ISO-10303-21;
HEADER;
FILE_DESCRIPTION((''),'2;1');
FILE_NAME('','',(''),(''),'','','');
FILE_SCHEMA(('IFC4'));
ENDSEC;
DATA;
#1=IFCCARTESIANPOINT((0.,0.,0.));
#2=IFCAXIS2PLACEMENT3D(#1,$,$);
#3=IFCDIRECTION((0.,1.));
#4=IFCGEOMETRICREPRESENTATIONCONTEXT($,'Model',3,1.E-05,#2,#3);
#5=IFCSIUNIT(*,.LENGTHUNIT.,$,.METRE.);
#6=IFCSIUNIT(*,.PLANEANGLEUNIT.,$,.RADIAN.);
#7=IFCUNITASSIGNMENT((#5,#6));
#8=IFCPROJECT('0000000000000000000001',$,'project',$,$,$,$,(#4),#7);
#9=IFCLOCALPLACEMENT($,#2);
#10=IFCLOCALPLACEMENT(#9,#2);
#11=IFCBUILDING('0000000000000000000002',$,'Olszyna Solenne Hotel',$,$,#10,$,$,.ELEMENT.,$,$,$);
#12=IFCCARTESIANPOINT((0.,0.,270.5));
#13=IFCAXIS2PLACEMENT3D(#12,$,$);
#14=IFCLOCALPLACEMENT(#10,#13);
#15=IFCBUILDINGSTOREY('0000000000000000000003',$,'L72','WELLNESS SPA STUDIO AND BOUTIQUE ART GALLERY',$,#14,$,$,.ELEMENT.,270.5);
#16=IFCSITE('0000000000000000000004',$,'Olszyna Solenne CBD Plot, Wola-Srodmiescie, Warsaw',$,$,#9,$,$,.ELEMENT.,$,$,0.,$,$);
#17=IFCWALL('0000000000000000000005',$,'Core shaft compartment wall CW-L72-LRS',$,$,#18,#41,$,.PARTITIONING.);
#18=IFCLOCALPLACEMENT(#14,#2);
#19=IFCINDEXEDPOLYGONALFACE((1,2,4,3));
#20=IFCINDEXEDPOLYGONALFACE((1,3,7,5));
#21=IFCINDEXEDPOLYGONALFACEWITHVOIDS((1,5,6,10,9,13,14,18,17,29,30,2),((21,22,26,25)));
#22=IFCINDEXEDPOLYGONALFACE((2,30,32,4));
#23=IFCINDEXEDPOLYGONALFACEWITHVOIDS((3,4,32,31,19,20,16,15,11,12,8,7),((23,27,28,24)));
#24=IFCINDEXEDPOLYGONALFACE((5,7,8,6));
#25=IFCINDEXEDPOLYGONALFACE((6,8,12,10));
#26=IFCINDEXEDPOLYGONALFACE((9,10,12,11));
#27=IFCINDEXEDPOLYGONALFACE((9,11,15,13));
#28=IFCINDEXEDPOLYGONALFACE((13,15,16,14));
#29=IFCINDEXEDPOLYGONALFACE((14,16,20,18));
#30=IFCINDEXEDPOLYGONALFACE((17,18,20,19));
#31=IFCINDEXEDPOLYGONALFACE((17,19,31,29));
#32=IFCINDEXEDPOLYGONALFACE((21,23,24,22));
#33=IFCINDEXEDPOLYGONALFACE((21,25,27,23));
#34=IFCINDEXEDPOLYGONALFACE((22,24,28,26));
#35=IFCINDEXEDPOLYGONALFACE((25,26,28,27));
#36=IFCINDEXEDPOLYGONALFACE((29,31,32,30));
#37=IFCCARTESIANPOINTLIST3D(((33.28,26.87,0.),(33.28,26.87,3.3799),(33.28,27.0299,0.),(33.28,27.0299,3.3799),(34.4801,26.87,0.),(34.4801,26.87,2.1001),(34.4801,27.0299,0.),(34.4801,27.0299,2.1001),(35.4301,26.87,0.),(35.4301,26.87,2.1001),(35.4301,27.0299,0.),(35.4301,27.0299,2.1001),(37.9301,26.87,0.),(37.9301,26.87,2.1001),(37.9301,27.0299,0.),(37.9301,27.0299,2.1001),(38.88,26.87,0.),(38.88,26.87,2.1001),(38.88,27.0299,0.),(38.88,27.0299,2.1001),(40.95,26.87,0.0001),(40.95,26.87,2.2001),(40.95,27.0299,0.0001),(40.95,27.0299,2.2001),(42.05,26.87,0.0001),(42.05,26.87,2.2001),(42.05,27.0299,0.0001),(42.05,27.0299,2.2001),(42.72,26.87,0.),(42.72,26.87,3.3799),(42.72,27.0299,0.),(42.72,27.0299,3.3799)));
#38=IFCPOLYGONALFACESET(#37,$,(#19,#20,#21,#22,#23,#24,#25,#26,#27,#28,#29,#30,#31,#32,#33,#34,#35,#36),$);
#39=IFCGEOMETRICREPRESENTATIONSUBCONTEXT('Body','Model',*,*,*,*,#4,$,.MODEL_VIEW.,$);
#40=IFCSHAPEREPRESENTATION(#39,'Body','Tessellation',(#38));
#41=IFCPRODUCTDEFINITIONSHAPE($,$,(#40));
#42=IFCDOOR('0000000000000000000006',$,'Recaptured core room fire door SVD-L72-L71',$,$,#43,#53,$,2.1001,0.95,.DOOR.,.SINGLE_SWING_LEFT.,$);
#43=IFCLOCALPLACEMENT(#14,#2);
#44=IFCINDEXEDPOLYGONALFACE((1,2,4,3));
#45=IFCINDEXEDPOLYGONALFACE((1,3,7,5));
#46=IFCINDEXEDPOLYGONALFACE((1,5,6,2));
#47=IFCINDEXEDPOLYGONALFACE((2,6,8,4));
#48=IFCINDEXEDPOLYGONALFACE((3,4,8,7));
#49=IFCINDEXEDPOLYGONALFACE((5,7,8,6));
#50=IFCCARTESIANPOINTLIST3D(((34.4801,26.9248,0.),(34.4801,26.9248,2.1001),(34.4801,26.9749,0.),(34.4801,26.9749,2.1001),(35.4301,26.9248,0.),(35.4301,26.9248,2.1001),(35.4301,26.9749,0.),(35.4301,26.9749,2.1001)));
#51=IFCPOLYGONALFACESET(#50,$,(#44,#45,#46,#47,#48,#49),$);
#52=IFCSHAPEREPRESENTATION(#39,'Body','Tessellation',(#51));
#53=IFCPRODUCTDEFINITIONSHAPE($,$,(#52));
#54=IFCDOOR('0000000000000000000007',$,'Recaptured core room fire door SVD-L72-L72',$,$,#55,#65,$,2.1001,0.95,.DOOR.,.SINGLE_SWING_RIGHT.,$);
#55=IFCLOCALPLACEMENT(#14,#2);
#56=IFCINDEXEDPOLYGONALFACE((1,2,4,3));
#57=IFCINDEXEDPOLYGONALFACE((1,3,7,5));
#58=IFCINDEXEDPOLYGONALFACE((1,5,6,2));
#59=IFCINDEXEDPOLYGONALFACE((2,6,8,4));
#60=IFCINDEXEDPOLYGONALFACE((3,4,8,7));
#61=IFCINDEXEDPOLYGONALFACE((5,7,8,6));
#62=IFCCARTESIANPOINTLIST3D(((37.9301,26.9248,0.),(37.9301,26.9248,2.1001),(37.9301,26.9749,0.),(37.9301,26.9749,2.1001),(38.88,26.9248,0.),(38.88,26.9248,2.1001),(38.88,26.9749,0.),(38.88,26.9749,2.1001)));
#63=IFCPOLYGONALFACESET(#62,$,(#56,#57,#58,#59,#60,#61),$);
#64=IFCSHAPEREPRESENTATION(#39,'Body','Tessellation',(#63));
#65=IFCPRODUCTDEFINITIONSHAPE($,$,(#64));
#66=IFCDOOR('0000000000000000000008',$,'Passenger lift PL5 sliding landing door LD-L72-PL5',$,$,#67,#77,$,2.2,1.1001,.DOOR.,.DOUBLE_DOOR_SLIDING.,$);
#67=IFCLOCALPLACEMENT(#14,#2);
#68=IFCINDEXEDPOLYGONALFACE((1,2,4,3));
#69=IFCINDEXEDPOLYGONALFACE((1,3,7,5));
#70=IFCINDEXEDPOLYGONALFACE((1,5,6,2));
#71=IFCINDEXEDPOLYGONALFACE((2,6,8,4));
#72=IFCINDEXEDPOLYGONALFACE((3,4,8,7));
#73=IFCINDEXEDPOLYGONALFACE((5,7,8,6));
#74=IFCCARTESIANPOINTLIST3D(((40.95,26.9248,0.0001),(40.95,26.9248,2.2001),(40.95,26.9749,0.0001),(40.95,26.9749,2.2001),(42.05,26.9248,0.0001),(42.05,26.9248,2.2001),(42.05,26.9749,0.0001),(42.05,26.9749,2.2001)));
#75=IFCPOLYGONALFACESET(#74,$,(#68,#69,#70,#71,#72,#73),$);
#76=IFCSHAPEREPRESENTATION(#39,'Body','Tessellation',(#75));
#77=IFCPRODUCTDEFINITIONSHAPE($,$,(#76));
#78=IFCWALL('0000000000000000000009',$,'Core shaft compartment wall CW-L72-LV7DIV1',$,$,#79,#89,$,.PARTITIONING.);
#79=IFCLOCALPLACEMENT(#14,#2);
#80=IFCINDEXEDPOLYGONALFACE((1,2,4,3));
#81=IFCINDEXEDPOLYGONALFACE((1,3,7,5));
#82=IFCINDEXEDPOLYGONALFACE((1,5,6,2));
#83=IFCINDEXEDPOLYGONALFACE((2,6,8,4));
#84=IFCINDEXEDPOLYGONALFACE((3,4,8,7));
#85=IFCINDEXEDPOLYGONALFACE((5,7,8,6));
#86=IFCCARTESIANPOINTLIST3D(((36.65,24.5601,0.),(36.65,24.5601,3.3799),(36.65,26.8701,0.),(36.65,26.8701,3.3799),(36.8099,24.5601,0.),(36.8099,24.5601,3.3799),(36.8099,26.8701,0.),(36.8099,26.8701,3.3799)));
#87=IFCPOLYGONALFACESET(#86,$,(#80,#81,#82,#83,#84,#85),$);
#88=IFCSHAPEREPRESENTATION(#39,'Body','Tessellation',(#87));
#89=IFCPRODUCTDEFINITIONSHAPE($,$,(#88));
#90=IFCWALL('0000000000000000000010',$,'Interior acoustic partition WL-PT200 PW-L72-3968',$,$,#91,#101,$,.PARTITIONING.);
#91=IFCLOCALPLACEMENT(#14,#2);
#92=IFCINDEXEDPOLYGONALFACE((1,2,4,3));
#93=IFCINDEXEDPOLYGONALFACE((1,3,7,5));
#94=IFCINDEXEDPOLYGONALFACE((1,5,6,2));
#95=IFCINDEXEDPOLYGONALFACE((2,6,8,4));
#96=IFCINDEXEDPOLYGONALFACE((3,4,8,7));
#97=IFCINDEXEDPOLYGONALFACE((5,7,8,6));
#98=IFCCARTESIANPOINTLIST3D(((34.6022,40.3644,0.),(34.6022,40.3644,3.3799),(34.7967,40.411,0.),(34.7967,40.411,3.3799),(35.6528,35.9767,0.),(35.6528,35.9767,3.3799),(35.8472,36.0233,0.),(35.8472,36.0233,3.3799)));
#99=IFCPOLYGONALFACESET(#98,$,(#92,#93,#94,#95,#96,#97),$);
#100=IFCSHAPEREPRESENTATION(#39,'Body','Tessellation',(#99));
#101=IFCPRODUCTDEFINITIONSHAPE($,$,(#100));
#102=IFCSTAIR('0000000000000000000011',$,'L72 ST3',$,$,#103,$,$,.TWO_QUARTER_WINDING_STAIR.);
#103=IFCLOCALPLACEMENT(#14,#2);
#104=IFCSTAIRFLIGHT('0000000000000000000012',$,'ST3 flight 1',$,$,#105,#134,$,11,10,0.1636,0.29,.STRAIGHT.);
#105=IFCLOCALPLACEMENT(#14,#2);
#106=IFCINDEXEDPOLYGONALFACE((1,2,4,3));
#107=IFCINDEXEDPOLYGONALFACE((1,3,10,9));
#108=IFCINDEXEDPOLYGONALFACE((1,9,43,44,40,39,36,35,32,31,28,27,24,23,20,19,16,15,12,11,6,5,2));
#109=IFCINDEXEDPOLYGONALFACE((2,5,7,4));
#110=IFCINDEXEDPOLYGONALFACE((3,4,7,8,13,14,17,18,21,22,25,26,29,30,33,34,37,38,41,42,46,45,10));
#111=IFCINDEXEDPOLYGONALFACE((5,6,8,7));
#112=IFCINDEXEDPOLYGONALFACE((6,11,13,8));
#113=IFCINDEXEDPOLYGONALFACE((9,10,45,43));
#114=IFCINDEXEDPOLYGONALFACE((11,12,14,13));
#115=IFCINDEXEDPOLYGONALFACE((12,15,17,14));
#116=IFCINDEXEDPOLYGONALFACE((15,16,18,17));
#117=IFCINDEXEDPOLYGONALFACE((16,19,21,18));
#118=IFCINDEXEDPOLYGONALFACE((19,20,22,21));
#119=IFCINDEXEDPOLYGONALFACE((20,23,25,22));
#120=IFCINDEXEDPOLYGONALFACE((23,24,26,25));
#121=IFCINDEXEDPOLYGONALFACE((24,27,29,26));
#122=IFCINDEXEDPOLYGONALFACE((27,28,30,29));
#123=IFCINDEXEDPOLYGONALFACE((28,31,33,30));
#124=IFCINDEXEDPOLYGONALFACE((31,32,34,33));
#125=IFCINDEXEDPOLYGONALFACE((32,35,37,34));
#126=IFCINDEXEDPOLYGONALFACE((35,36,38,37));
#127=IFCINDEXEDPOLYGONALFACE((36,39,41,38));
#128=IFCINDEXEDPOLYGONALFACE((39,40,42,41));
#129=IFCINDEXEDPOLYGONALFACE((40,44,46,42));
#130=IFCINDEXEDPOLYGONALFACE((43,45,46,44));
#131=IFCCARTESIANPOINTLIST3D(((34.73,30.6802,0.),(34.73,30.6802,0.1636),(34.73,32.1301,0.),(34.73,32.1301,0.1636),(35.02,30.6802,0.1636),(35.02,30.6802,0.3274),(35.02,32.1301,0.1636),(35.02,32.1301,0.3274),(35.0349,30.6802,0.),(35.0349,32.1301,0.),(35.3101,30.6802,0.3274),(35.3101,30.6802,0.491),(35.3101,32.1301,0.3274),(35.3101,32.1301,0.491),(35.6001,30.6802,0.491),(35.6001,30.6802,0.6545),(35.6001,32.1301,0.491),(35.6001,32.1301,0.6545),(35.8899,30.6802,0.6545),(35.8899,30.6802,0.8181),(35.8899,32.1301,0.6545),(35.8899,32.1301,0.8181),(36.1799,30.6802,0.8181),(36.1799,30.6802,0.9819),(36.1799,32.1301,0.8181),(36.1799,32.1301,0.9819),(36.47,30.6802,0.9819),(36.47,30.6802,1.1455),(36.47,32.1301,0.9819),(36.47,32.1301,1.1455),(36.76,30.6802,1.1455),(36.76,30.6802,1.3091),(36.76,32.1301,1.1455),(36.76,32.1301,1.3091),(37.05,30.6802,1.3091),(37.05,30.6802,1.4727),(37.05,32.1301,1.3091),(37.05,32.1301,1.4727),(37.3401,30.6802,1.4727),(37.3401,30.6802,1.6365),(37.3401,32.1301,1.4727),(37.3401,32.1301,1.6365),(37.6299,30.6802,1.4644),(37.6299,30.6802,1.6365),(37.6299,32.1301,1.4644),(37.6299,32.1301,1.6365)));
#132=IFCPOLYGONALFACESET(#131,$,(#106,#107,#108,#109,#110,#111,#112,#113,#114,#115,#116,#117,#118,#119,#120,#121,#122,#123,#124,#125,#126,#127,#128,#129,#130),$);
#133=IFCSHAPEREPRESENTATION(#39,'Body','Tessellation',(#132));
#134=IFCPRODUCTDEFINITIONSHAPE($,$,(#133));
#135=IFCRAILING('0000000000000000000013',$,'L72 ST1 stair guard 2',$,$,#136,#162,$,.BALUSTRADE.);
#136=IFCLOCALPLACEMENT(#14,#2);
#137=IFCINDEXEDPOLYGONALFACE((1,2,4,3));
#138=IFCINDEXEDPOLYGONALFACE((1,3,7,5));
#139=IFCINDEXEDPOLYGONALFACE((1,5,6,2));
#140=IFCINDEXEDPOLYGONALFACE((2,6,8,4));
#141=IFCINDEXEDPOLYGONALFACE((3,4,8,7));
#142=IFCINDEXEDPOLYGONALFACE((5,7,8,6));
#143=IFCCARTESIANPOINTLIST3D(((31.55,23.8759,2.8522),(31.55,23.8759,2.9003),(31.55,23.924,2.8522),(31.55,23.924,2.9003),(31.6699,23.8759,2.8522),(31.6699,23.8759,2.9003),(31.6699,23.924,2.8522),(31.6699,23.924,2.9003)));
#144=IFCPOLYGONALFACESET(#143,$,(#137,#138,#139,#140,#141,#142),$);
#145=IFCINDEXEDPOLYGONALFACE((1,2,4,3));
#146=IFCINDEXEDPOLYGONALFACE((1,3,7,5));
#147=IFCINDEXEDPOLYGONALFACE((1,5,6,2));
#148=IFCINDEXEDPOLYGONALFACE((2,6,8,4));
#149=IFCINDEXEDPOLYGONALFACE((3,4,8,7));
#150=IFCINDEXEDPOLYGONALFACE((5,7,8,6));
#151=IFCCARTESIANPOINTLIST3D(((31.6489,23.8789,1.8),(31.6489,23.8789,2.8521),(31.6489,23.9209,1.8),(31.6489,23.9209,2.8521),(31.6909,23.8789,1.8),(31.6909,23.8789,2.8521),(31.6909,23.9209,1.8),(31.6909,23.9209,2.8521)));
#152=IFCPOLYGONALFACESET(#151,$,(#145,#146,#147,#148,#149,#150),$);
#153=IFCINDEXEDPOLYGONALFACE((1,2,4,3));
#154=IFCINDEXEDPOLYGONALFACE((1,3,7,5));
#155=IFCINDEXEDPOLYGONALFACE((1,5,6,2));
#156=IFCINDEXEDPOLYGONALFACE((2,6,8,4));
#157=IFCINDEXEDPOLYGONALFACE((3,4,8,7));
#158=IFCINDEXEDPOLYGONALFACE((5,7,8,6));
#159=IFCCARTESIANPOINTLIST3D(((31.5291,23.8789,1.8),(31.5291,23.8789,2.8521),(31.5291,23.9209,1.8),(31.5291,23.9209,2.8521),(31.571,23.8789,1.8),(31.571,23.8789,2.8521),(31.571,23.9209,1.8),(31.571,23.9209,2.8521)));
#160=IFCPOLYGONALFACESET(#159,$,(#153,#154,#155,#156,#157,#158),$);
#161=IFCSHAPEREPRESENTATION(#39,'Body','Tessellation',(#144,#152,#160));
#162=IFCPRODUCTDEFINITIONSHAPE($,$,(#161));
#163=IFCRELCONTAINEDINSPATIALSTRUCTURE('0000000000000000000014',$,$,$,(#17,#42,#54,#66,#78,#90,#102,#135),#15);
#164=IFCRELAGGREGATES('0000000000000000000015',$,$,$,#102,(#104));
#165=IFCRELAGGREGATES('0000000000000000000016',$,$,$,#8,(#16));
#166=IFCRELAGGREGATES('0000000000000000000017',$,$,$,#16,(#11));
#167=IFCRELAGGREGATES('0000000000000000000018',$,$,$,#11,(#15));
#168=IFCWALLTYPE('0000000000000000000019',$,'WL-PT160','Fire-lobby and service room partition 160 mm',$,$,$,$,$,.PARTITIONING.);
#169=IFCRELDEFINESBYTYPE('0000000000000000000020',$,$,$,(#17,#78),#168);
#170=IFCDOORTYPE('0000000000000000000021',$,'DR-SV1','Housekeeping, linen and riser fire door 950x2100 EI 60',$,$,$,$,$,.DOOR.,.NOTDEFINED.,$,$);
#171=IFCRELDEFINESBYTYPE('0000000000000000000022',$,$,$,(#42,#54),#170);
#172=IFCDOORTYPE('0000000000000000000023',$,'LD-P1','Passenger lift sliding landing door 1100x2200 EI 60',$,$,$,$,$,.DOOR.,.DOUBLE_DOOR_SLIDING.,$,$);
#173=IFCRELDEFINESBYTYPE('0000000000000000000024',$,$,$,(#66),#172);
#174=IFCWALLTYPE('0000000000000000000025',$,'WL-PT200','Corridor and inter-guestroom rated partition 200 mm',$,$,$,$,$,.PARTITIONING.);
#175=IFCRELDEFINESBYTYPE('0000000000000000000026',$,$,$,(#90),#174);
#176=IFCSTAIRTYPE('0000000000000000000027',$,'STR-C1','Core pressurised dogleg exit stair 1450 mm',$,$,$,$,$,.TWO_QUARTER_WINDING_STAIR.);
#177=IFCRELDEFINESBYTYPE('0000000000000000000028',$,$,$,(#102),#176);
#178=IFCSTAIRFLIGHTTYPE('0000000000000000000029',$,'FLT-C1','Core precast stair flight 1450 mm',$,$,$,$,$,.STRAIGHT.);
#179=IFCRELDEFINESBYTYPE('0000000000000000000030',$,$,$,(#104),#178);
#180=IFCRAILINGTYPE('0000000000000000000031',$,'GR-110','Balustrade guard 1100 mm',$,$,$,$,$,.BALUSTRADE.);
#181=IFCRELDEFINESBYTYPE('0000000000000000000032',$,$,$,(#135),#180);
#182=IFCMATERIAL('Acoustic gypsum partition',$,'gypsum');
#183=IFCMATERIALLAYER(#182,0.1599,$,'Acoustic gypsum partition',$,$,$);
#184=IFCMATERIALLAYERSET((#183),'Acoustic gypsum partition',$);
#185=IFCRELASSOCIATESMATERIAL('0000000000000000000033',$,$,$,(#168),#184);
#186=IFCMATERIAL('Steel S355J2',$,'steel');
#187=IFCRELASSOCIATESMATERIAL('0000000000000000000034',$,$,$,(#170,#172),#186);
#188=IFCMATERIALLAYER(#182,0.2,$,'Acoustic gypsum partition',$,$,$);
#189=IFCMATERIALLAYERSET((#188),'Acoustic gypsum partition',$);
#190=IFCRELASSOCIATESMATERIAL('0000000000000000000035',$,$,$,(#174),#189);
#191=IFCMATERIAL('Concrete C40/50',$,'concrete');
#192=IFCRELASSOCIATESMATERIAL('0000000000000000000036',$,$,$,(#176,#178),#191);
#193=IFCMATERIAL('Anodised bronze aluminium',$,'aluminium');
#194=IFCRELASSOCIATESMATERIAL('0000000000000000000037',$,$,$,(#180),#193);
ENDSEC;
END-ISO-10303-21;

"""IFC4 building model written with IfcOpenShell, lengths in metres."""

from ifc_helpers import new_model, si_unit, direction, frame, frame_2d, origin, origin_2d, place, context, subcontext, project, spatial, polyline, rectangle, outline, extrude, source, transform, mapped, material, layer, layer_set, type_object, type_shapes, element, fill, aggregate, save


model = new_model("IFC4")

# Units and contexts
model_context = context("Model", 3, precision=1e-05, world=origin(), true_north=direction((0.0, 1.0)))
body_context = subcontext(model_context, "Body", "Model", "MODEL_VIEW")
ifc_project = project(units=[si_unit("LENGTHUNIT", "METRE"), si_unit("PLANEANGLEUNIT", "RADIAN")], contexts=[model_context])

# Site, building, storey
site_placement = place(None, origin())
site = spatial("IfcSite", under=ifc_project, at=site_placement, Name="Olszyna Solenne CBD Plot, Wola-Srodmiescie, Warsaw", CompositionType="ELEMENT", RefElevation=0.0)
building_placement = place(site_placement, origin())
building = spatial("IfcBuilding", under=site, at=building_placement, Name="Olszyna Solenne Hotel", CompositionType="ELEMENT")
storey_placement = place(building_placement, frame((0.0, 0.0, 270.5)))
storey = spatial("IfcBuildingStorey", under=building, at=storey_placement, Name="L72", Description="WELLNESS SPA STUDIO AND BOUTIQUE ART GALLERY", CompositionType="ELEMENT", Elevation=270.5)

# Shared definitions
ifc_material_1 = material(Name="Steel S355J2", Category="steel")

# Shared definitions
ifc_material_2 = material(Name="Anodised bronze aluminium", Category="aluminium")

# Shared definitions
ifc_material_3 = material(Name="Acoustic gypsum partition", Category="gypsum")
ifc_layer_1 = layer(ifc_material_3, 0.1599, Name="Acoustic gypsum partition")
ifc_layer_set_1 = layer_set([ifc_layer_1], Name="Acoustic gypsum partition")
wall_type_1 = type_object("IfcWallType", Name="WL-PT160", Description="Fire-lobby and service room partition 160 mm", PredefinedType="PARTITIONING", material=ifc_layer_set_1)

# Wall, openings, doors
wall_1_placement = place(storey_placement, frame((33.28, 26.95, 0.0), z_axis=(0.0, 0.0, 1.0), x_axis=(1.0, 0.0, 0.0)))
wall_1 = element("IfcWall", 1, at=wall_1_placement, inside=storey, type_object=wall_type_1, Name="Core shaft compartment wall CW-L72-LRS", PredefinedType="PARTITIONING", context=body_context, shape_type="SweptSolid", body=[
    extrude(rectangle(XDim=9.4399, YDim=0.1599, at=frame_2d((4.72, 0.0))), origin(), (0.0, 0.0, 1.0), 3.3799),
])
opening_1_placement = place(wall_1_placement, frame((1.2, 0.0, 0.0)))
opening_1 = element("IfcOpeningElement", 2, at=opening_1_placement, cuts=wall_1, PredefinedType="OPENING", context=body_context, shape_type="SweptSolid", body=[
    extrude(rectangle(XDim=0.95, YDim=2.1001, at=frame_2d((0.4751, 1.05))), frame((0.0, 0.0898, 0.0), z_axis=(0.0, -1.0, 0.0), x_axis=(1.0, 0.0, 0.0)), (0.0, 0.0, 1.0), 0.1799),
])
opening_2_placement = place(wall_1_placement, frame((4.6499, 0.0, 0.0)))
opening_2 = element("IfcOpeningElement", 3, at=opening_2_placement, cuts=wall_1, PredefinedType="OPENING", context=body_context, shape_type="SweptSolid", body=[
    extrude(rectangle(XDim=0.95, YDim=2.1001, at=frame_2d((0.4751, 1.05))), frame((0.0, 0.0898, 0.0), z_axis=(0.0, -1.0, 0.0), x_axis=(1.0, 0.0, 0.0)), (0.0, 0.0, 1.0), 0.1799),
])
opening_3_placement = place(wall_1_placement, frame((7.6699, 0.0, 0.0)))
opening_3 = element("IfcOpeningElement", 4, at=opening_3_placement, cuts=wall_1, PredefinedType="OPENING", context=body_context, shape_type="SweptSolid", body=[
    extrude(rectangle(XDim=1.1001, YDim=2.2, at=frame_2d((0.55, 1.1001))), frame((0.0, 0.0898, 0.0), z_axis=(0.0, -1.0, 0.0), x_axis=(1.0, 0.0, 0.0)), (0.0, 0.0, 1.0), 0.1799),
])
door_type_1 = type_object("IfcDoorType", Name="DR-SV1", Description="Housekeeping, linen and riser fire door 950x2100 EI 60", OperationType="NOTDEFINED", PredefinedType="DOOR", material=ifc_material_1)
shared_shape_1 = source(origin(), body_context, "Body", "SweptSolid", [
    extrude(rectangle(XDim=0.95, YDim=2.1001, at=frame_2d((0.4751, 1.05))), frame((0.0, 0.0249, 0.0), z_axis=(0.0, -1.0, 0.0), x_axis=(1.0, 0.0, 0.0)), (0.0, 0.0, 1.0), 0.05),
])
type_shapes(door_type_1, [shared_shape_1])
door_1_placement = place(opening_1_placement, origin())
door_1 = element("IfcDoor", 5, at=door_1_placement, inside=storey, type_object=door_type_1, Name="Recaptured core room fire door SVD-L72-L71", OperationType="SINGLE_SWING_LEFT", OverallHeight=2.1001, OverallWidth=0.95, PredefinedType="DOOR", context=body_context, shape_type="MappedRepresentation", body=[
    mapped(shared_shape_1, transform((0.0, 0.0, 0.0), x_axis=(1.0, 0.0, 0.0), y_axis=(0.0, 1.0, 0.0), z_axis=(0.0, 0.0, 1.0), scale=1.0)),
])
fill(opening_1, door_1)
door_2_placement = place(opening_2_placement, origin())
door_2 = element("IfcDoor", 6, at=door_2_placement, inside=storey, type_object=door_type_1, Name="Recaptured core room fire door SVD-L72-L72", OperationType="SINGLE_SWING_RIGHT", OverallHeight=2.1001, OverallWidth=0.95, PredefinedType="DOOR", context=body_context, shape_type="MappedRepresentation", body=[
    mapped(shared_shape_1, transform((0.0, 0.0, 0.0), x_axis=(1.0, 0.0, 0.0), y_axis=(0.0, 1.0, 0.0), z_axis=(0.0, 0.0, 1.0), scale=1.0)),
])
fill(opening_2, door_2)
door_type_2 = type_object("IfcDoorType", Name="LD-P1", Description="Passenger lift sliding landing door 1100x2200 EI 60", OperationType="DOUBLE_DOOR_SLIDING", PredefinedType="DOOR", material=ifc_material_1)
shared_shape_2 = source(origin(), body_context, "Body", "SweptSolid", [
    extrude(rectangle(XDim=1.1001, YDim=2.2, at=frame_2d((0.55, 1.1001))), frame((0.0, 0.0249, 0.0), z_axis=(0.0, -1.0, 0.0), x_axis=(1.0, 0.0, 0.0)), (0.0, 0.0, 1.0), 0.05),
])
type_shapes(door_type_2, [shared_shape_2])
door_3_placement = place(opening_3_placement, origin())
door_3 = element("IfcDoor", 7, at=door_3_placement, inside=storey, type_object=door_type_2, Name="Passenger lift PL5 sliding landing door LD-L72-PL5", OperationType="DOUBLE_DOOR_SLIDING", OverallHeight=2.2, OverallWidth=1.1001, PredefinedType="DOOR", context=body_context, shape_type="MappedRepresentation", body=[
    mapped(shared_shape_2, transform((0.0, 0.0, 0.0), x_axis=(1.0, 0.0, 0.0), y_axis=(0.0, 1.0, 0.0), z_axis=(0.0, 0.0, 1.0), scale=1.0)),
])
fill(opening_3, door_3)

# Wall
wall_2_placement = place(storey_placement, frame((36.73, 24.5601, 0.0), z_axis=(0.0, 0.0, 1.0), x_axis=(0.0, 1.0, 0.0)))
element("IfcWall", 8, at=wall_2_placement, inside=storey, type_object=wall_type_1, Name="Core shaft compartment wall CW-L72-LV7DIV1", PredefinedType="PARTITIONING", context=body_context, shape_type="SweptSolid", body=[
    extrude(rectangle(XDim=2.3101, YDim=0.1599, at=frame_2d((1.155, 0.0))), origin(), (0.0, 0.0, 1.0), 3.3799),
])

# Wall
ifc_layer_2 = layer(ifc_material_3, 0.2, Name="Acoustic gypsum partition")
ifc_layer_set_2 = layer_set([ifc_layer_2], Name="Acoustic gypsum partition")
wall_type_2 = type_object("IfcWallType", Name="WL-PT200", Description="Corridor and inter-guestroom rated partition 200 mm", PredefinedType="PARTITIONING", material=ifc_layer_set_2)
wall_3_placement = place(storey_placement, frame((35.75, 36.0, 0.0), z_axis=(0.0, 0.0, 1.0), x_axis=(-0.232847, 0.972513, 0.0)))
element("IfcWall", 9, at=wall_3_placement, inside=storey, type_object=wall_type_2, Name="Interior acoustic partition WL-PT200 PW-L72-3968", PredefinedType="PARTITIONING", context=body_context, shape_type="SweptSolid", body=[
    extrude(rectangle(XDim=4.5117, YDim=0.2, at=frame_2d((2.2559, 0.0))), origin(), (0.0, 0.0, 1.0), 3.3799),
])

# Stair, stair flight
ifc_material_4 = material(Name="Concrete C40/50", Category="concrete")
stair_type = type_object("IfcStairType", Name="STR-C1", Description="Core pressurised dogleg exit stair 1450 mm", PredefinedType="TWO_QUARTER_WINDING_STAIR", material=ifc_material_4)
stair_placement = place(storey_placement, origin())
stair = element("IfcStair", 10, at=stair_placement, inside=storey, type_object=stair_type, Name="L72 ST3", PredefinedType="TWO_QUARTER_WINDING_STAIR")
stair_flight_type = type_object("IfcStairFlightType", Name="FLT-C1", Description="Core precast stair flight 1450 mm", PredefinedType="STRAIGHT", material=ifc_material_4)
stair_flight_placement = place(storey_placement, frame((34.73, 31.405, 0.0), z_axis=(0.0, 0.0, 1.0), x_axis=(1.0, 0.0, 0.0)))
stair_flight = element("IfcStairFlight", 11, at=stair_flight_placement, type_object=stair_flight_type, Name="ST3 flight 1", NumberOfRisers=11, NumberOfTreads=10, PredefinedType="STRAIGHT", RiserHeight=0.1636, TreadLength=0.29, context=body_context, shape_type="SweptSolid", body=[
    extrude(outline(polyline([(0.0, 0.0), (0.0, 0.1636), (0.29, 0.1636), (0.29, 0.3274), (0.5801, 0.3274), (0.5801, 0.491), (0.8701, 0.491), (0.8701, 0.6545), (1.1599, 0.6545), (1.1599, 0.8181), (1.45, 0.8181), (1.45, 0.9819), (1.74, 0.9819), (1.74, 1.1455), (2.03, 1.1455), (2.03, 1.3091), (2.3201, 1.3091), (2.3201, 1.4727), (2.6101, 1.4727), (2.6101, 1.6365), (2.8999, 1.6365), (2.8999, 1.8), (2.8999, 1.4644), (0.3049, 0.0), (0.0, 0.0)])), frame((0.0, 0.7251, 0.0), z_axis=(0.0, -1.0, 0.0), x_axis=(1.0, 0.0, 0.0)), (0.0, 0.0, 1.0), 1.45),
])
aggregate(stair, [stair_flight])

# Railing
railing_type_1 = type_object("IfcRailingType", Name="GR-110", Description="Balustrade guard 1100 mm", PredefinedType="BALUSTRADE", material=ifc_material_2)
railing_1_placement = place(storey_placement, frame((31.6699, 23.8999, 1.8)))
element("IfcRailing", 12, at=railing_1_placement, inside=storey, type_object=railing_type_1, Name="L72 ST1 stair guard 2", PredefinedType="BALUSTRADE", context=body_context, shape_type="SweptSolid", body=[
    extrude(rectangle(XDim=0.0481, YDim=0.0481, at=origin_2d()), frame((0.0, 0.0, 1.0762), z_axis=(-1.0, 0.0, 0.0), x_axis=(0.0, -1.0, 0.0)), (0.0, 0.0, 1.0), 0.1199),
    extrude(rectangle(XDim=0.042, YDim=0.042, at=origin_2d()), origin(), (0.0, 0.0, 1.0), 1.052),
    extrude(rectangle(XDim=0.042, YDim=0.042, at=origin_2d()), frame((-0.1199, 0.0, 0.0)), (0.0, 0.0, 1.0), 1.052),
])

save(model, "model.ifc")
